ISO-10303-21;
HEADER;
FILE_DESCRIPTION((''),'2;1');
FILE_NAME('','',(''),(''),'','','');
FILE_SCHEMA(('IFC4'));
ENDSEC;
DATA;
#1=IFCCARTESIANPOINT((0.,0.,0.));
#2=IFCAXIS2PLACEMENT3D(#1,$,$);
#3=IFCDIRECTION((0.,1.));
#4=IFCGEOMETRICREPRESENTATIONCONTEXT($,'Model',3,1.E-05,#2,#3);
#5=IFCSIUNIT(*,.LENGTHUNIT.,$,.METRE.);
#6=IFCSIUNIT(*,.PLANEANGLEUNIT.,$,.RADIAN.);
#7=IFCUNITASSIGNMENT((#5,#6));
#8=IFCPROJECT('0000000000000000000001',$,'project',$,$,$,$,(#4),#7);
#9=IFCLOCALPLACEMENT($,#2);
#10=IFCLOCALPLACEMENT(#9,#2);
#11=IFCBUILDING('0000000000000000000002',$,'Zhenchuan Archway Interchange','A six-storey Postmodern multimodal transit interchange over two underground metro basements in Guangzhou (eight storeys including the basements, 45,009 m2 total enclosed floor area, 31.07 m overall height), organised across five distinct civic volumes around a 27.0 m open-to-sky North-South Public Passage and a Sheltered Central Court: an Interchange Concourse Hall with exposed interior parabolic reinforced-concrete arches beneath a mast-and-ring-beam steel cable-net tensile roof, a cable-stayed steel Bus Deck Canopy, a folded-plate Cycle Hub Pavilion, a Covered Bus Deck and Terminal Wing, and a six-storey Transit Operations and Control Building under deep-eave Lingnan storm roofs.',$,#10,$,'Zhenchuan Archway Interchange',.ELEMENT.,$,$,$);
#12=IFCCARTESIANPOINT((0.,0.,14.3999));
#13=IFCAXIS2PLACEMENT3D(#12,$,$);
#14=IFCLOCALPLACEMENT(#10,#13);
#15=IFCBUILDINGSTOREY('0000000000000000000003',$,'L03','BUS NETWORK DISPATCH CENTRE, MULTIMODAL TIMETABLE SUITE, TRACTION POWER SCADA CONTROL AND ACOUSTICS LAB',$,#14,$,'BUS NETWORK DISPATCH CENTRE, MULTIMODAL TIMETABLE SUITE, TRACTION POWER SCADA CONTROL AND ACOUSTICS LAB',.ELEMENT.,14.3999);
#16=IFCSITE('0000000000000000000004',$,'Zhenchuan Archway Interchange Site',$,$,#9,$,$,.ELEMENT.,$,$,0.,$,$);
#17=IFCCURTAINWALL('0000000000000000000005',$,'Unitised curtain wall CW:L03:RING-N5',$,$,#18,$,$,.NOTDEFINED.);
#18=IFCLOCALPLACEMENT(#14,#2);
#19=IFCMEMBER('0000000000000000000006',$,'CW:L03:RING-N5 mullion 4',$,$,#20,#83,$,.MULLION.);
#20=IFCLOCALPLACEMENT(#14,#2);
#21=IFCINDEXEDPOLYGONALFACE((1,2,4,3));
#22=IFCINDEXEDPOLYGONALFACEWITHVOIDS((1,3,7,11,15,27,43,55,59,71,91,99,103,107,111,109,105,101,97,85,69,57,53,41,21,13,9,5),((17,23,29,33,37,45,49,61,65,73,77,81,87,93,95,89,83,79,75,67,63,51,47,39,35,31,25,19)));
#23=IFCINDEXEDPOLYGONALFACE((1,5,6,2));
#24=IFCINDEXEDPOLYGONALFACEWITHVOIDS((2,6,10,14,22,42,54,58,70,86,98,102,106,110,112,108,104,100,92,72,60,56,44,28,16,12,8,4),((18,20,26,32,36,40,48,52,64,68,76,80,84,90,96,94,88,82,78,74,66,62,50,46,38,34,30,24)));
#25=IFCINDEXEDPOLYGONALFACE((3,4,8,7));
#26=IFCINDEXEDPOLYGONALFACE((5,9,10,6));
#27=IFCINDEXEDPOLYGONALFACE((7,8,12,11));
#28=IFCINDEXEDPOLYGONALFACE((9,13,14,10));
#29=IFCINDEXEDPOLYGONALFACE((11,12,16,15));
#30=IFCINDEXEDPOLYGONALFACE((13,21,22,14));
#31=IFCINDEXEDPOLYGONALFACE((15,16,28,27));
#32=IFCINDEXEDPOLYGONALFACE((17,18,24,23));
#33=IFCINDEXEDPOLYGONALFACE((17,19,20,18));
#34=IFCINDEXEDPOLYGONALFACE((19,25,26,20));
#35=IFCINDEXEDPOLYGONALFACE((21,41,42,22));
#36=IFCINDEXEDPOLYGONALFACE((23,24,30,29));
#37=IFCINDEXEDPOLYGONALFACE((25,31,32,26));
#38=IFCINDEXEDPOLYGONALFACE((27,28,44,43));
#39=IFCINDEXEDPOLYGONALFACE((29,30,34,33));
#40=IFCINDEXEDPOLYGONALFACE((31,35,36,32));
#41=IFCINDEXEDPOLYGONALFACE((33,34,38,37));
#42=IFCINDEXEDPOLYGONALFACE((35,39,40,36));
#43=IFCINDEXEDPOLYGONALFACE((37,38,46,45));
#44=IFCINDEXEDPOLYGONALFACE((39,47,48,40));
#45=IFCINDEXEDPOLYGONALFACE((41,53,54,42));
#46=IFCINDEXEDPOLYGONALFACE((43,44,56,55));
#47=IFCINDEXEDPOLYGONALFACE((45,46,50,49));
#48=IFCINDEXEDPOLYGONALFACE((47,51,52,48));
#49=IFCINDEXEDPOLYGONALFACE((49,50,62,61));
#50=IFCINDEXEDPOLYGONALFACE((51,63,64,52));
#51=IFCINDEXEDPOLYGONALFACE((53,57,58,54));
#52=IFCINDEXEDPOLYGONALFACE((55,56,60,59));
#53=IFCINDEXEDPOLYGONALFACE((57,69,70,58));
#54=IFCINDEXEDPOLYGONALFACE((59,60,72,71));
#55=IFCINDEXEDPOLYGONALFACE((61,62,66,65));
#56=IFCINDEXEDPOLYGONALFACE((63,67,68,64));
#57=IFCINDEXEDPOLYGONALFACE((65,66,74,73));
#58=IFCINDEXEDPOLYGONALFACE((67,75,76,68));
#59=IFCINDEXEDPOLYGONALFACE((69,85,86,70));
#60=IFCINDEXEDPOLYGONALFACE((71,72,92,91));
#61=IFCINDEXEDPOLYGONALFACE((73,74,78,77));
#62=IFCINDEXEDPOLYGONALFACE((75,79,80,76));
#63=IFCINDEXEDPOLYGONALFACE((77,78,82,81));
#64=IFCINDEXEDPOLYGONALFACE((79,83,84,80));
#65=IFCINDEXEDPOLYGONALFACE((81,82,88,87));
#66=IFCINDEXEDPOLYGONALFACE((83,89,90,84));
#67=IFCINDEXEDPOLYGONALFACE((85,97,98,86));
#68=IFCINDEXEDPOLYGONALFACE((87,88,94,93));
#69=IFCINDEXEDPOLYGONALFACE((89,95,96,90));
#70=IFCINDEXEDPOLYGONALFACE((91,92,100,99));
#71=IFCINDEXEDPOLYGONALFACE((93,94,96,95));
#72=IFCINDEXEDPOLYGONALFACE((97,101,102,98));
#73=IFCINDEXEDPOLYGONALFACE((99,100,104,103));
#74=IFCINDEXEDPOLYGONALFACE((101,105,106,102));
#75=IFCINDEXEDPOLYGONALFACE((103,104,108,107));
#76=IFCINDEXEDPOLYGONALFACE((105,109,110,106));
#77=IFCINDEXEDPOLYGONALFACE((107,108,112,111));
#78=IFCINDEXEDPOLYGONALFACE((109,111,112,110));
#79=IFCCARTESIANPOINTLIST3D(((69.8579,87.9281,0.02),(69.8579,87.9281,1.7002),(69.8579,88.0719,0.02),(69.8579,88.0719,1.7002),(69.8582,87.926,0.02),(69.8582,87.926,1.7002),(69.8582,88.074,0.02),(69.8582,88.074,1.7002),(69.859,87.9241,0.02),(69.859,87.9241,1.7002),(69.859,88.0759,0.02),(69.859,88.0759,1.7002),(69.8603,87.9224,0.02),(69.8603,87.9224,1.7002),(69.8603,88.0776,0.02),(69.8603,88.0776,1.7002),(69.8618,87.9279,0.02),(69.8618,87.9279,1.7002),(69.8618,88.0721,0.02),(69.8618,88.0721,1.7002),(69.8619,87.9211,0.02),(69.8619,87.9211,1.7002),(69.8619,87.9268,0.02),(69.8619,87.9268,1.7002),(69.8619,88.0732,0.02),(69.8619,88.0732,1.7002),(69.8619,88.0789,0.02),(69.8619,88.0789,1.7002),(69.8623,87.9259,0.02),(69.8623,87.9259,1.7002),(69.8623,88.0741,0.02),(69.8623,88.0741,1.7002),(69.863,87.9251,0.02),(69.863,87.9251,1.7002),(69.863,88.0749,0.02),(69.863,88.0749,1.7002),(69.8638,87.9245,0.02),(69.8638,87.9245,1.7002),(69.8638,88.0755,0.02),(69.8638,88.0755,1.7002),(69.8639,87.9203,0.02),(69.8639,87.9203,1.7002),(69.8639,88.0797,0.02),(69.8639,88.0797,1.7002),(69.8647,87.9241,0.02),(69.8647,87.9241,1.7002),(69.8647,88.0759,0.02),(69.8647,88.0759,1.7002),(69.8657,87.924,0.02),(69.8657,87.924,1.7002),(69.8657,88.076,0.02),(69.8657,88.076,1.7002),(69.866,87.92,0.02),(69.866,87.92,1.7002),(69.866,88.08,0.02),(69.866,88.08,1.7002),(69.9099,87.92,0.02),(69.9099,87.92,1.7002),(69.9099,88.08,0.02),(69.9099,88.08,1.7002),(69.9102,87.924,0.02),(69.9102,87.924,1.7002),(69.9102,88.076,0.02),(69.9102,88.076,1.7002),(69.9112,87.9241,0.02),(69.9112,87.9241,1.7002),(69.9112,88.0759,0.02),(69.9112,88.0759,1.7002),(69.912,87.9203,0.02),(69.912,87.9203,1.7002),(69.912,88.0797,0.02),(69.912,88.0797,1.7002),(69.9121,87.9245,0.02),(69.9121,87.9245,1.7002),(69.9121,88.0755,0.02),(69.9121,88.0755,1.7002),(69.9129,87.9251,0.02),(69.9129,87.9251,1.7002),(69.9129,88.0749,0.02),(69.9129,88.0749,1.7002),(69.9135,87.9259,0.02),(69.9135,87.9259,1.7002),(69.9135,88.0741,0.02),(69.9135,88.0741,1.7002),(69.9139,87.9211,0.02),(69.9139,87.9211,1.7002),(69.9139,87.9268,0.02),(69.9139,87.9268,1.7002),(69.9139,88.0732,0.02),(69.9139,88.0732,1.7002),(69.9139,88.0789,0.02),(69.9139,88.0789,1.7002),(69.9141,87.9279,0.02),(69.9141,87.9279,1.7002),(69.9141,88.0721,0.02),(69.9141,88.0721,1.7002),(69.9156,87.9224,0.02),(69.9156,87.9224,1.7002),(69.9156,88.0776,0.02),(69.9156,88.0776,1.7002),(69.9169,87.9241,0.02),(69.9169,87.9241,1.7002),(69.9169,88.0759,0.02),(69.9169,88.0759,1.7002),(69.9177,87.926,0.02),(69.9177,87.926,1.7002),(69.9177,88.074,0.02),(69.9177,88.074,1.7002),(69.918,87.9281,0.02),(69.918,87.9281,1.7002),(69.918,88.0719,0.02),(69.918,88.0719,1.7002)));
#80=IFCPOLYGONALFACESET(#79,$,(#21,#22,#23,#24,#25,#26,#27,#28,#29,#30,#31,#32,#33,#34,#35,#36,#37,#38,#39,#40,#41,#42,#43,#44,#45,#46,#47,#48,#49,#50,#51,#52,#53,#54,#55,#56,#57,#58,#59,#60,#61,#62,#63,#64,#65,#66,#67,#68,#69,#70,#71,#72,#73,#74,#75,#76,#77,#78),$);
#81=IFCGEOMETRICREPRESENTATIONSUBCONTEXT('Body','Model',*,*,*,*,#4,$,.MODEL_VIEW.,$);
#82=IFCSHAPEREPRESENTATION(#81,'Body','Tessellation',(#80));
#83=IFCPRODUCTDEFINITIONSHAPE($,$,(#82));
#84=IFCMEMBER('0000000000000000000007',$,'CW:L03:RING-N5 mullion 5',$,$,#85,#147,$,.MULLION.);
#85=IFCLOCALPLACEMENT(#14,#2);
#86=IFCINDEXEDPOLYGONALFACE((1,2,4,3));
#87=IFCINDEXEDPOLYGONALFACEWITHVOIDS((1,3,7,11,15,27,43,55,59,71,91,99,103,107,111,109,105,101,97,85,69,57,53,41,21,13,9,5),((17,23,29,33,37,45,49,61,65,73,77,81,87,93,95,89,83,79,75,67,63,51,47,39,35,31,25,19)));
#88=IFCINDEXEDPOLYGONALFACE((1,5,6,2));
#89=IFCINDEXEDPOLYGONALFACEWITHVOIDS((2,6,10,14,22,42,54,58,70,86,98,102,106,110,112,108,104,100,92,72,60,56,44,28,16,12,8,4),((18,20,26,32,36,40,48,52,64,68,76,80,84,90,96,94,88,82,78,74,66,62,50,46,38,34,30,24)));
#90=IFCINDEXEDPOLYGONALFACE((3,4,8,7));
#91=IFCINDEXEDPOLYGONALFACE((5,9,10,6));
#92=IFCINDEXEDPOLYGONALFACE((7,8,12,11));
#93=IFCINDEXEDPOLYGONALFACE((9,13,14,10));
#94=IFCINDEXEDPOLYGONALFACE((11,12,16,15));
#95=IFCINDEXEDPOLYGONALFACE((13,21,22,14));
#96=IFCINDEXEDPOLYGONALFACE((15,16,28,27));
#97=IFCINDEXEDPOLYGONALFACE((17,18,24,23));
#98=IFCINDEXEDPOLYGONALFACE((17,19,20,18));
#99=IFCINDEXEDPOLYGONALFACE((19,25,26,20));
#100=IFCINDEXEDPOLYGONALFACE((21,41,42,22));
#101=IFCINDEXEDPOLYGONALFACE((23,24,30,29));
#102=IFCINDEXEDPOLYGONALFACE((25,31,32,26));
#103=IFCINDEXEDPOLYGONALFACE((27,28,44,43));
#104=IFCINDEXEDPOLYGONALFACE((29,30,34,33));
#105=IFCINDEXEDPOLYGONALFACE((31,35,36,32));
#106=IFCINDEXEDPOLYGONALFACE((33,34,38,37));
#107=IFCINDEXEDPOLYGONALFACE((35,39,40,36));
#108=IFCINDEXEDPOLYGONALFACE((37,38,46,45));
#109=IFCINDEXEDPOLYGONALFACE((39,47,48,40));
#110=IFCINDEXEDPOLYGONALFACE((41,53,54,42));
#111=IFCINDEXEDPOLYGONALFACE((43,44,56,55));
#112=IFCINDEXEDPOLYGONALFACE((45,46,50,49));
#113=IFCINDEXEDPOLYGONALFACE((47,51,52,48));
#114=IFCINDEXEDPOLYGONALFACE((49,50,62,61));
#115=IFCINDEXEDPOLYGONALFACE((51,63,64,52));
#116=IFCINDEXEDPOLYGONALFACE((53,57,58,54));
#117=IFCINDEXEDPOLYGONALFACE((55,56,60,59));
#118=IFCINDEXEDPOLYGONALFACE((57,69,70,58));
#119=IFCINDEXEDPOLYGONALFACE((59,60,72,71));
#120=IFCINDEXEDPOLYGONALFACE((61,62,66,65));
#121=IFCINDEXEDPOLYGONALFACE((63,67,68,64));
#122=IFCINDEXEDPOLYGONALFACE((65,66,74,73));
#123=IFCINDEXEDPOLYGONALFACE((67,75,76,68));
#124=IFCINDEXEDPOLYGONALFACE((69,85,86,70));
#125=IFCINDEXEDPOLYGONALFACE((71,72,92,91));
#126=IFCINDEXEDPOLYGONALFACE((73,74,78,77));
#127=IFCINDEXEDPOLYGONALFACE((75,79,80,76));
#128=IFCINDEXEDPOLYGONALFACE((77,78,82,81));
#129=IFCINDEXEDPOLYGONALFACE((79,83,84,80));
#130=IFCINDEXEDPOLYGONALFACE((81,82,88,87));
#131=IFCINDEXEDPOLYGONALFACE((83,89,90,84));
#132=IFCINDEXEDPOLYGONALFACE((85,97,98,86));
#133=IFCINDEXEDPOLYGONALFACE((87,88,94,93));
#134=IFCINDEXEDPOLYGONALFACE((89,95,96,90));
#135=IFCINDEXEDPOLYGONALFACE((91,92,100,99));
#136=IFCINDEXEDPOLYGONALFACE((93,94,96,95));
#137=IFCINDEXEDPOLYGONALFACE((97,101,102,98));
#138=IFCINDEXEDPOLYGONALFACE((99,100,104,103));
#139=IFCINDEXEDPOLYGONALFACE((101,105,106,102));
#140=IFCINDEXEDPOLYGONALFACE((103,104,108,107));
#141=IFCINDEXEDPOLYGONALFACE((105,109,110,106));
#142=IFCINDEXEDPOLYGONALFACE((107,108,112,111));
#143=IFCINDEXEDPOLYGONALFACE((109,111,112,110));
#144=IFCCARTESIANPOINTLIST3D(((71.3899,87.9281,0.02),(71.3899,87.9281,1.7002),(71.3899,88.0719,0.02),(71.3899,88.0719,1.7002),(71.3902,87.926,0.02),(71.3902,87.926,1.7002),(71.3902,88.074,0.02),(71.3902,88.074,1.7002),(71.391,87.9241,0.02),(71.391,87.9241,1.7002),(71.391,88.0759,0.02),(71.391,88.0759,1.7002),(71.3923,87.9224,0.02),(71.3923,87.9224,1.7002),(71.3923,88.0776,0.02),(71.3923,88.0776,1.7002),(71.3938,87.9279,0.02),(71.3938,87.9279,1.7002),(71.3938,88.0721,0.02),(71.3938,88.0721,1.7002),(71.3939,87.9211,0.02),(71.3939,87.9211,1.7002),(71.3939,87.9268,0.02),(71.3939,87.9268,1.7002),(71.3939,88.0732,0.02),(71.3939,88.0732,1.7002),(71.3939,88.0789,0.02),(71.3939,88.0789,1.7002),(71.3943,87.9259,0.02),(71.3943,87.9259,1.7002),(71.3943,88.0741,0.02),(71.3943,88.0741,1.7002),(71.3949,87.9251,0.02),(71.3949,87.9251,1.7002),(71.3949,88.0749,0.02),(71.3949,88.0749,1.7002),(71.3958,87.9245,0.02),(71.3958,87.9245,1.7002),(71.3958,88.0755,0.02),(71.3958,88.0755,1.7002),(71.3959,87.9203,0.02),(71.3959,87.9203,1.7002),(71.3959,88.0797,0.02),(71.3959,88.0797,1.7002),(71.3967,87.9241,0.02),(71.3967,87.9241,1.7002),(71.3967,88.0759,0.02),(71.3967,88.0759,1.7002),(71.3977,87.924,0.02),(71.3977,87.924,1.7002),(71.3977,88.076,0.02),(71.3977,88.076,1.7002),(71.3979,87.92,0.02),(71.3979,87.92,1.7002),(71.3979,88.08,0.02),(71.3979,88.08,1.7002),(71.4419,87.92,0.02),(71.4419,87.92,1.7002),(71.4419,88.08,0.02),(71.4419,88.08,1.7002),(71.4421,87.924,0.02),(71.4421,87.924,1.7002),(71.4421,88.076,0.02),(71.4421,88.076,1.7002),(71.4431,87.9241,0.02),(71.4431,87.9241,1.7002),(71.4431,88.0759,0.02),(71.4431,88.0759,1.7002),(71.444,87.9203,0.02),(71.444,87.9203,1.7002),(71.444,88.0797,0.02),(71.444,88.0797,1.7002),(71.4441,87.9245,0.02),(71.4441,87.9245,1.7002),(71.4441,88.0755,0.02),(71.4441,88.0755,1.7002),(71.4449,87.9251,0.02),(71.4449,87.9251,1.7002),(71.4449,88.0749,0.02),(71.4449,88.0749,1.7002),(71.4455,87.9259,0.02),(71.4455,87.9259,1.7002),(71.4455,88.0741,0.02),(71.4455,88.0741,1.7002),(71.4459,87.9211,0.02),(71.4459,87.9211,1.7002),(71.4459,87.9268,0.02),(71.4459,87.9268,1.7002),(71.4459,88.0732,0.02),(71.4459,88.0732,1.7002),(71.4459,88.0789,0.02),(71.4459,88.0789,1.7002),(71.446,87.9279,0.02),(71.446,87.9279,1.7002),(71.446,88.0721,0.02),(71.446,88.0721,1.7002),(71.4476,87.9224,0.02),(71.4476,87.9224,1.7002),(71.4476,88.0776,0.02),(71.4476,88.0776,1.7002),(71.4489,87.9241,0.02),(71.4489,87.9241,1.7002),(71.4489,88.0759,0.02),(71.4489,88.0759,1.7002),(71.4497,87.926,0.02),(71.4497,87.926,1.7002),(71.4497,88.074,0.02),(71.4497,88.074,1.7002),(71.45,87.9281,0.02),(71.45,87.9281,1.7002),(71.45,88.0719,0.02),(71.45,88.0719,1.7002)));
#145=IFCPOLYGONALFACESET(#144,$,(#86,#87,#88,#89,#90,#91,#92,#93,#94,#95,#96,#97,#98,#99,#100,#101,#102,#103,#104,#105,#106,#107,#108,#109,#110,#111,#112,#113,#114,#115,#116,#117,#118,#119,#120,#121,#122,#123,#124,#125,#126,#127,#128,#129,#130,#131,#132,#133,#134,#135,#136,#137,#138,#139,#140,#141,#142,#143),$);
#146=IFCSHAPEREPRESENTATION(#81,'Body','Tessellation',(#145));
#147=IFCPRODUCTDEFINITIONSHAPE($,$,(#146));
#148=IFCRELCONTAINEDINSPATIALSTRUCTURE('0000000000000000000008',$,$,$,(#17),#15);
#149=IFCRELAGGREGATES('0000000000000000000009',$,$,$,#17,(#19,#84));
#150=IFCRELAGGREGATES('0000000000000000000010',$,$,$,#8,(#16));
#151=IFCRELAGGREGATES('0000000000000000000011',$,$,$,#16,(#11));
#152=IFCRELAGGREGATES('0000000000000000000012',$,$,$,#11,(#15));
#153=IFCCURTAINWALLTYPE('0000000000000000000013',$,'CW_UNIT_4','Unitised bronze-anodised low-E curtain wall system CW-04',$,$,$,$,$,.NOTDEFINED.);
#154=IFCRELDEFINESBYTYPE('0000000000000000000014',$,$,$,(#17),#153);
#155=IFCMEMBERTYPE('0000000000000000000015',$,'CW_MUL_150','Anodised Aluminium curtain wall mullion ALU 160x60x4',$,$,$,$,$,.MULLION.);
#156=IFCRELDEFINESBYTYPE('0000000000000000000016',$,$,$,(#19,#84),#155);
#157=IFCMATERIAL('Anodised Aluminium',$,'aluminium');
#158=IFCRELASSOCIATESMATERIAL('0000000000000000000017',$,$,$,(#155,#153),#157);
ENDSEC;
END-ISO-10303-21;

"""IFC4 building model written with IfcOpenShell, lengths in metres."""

from ifc_helpers import new_model, si_unit, direction, frame, origin, origin_2d, place, context, subcontext, project, spatial, hollow_rectangle, extrude, material, material_profile, profile_set, type_object, element, aggregate, save


model = new_model("IFC4")

# Units and contexts
model_context = context("Model", 3, precision=1e-05, world=origin(), true_north=direction((0.0, 1.0)))
body_context = subcontext(model_context, "Body", "Model", "MODEL_VIEW")
ifc_project = project(units=[si_unit("LENGTHUNIT", "METRE"), si_unit("PLANEANGLEUNIT", "RADIAN")], contexts=[model_context])

# Site, building, storey
site_placement = place(None, origin())
site = spatial("IfcSite", under=ifc_project, at=site_placement, Name="Zhenchuan Archway Interchange Site", CompositionType="ELEMENT", RefElevation=0.0)
building_placement = place(site_placement, origin())
building = spatial("IfcBuilding", under=site, at=building_placement, Name="Zhenchuan Archway Interchange", Description="A six-storey Postmodern multimodal transit interchange over two underground metro basements in Guangzhou (eight storeys including the basements, 45,009 m2 total enclosed floor area, 31.07 m overall height), organised across five distinct civic volumes around a 27.0 m open-to-sky North-South Public Passage and a Sheltered Central Court: an Interchange Concourse Hall with exposed interior parabolic reinforced-concrete arches beneath a mast-and-ring-beam steel cable-net tensile roof, a cable-stayed steel Bus Deck Canopy, a folded-plate Cycle Hub Pavilion, a Covered Bus Deck and Terminal Wing, and a six-storey Transit Operations and Control Building under deep-eave Lingnan storm roofs.", LongName="Zhenchuan Archway Interchange", CompositionType="ELEMENT")
storey_placement = place(building_placement, frame((0.0, 0.0, 14.3999)))
storey = spatial("IfcBuildingStorey", under=building, at=storey_placement, Name="L03", Description="BUS NETWORK DISPATCH CENTRE, MULTIMODAL TIMETABLE SUITE, TRACTION POWER SCADA CONTROL AND ACOUSTICS LAB", LongName="BUS NETWORK DISPATCH CENTRE, MULTIMODAL TIMETABLE SUITE, TRACTION POWER SCADA CONTROL AND ACOUSTICS LAB", CompositionType="ELEMENT", Elevation=14.3999)

# Curtain wall, members
ifc_material_1 = material(Name="Anodised Aluminium", Category="aluminium")
ifc_material_profile_1 = material_profile(ifc_material_1, hollow_rectangle(XDim=0.0601, YDim=0.1599, WallThickness=0.0039, InnerFilletRadius=0.0039, OuterFilletRadius=0.0081, at=origin_2d()), Name="ALU 160x60x4")
ifc_profile_set_1 = profile_set([ifc_material_profile_1], Name="Anodised Aluminium")
member_type_1 = type_object("IfcMemberType", Name="CW_MUL_150", Description="Anodised Aluminium curtain wall mullion ALU 160x60x4", PredefinedType="MULLION", material=ifc_profile_set_1)
curtain_wall_type_1 = type_object("IfcCurtainWallType", Name="CW_UNIT_4", Description="Unitised bronze-anodised low-E curtain wall system CW-04", PredefinedType="NOTDEFINED", material=ifc_material_1)
curtain_wall_1_placement = place(storey_placement, origin())
curtain_wall_1 = element("IfcCurtainWall", 1, at=curtain_wall_1_placement, inside=storey, type_object=curtain_wall_type_1, Name="Unitised curtain wall CW:L03:RING-N5", PredefinedType="NOTDEFINED")
member_1_placement = place(storey_placement, frame((69.8879, 88.0, 0.02), z_axis=(0.0, 0.0, 1.0), x_axis=(1.0, 0.0, 0.0)))
member_1 = element("IfcMember", 2, at=member_1_placement, type_object=member_type_1, Name="CW:L03:RING-N5 mullion 4", PredefinedType="MULLION", context=body_context, shape_type="SweptSolid", body=[
    extrude(hollow_rectangle(XDim=0.0601, YDim=0.1599, WallThickness=0.0039, InnerFilletRadius=0.0039, OuterFilletRadius=0.0081, at=origin_2d()), origin(), (0.0, 0.0, 1.0), 1.6802),
])
member_2_placement = place(storey_placement, frame((71.4199, 88.0, 0.02), z_axis=(0.0, 0.0, 1.0), x_axis=(1.0, 0.0, 0.0)))
member_2 = element("IfcMember", 3, at=member_2_placement, type_object=member_type_1, Name="CW:L03:RING-N5 mullion 5", PredefinedType="MULLION", context=body_context, shape_type="SweptSolid", body=[
    extrude(hollow_rectangle(XDim=0.0601, YDim=0.1599, WallThickness=0.0039, InnerFilletRadius=0.0039, OuterFilletRadius=0.0081, at=origin_2d()), origin(), (0.0, 0.0, 1.0), 1.6802),
])

aggregate(curtain_wall_1, [member_1, member_2])

save(model, "model.ifc")
